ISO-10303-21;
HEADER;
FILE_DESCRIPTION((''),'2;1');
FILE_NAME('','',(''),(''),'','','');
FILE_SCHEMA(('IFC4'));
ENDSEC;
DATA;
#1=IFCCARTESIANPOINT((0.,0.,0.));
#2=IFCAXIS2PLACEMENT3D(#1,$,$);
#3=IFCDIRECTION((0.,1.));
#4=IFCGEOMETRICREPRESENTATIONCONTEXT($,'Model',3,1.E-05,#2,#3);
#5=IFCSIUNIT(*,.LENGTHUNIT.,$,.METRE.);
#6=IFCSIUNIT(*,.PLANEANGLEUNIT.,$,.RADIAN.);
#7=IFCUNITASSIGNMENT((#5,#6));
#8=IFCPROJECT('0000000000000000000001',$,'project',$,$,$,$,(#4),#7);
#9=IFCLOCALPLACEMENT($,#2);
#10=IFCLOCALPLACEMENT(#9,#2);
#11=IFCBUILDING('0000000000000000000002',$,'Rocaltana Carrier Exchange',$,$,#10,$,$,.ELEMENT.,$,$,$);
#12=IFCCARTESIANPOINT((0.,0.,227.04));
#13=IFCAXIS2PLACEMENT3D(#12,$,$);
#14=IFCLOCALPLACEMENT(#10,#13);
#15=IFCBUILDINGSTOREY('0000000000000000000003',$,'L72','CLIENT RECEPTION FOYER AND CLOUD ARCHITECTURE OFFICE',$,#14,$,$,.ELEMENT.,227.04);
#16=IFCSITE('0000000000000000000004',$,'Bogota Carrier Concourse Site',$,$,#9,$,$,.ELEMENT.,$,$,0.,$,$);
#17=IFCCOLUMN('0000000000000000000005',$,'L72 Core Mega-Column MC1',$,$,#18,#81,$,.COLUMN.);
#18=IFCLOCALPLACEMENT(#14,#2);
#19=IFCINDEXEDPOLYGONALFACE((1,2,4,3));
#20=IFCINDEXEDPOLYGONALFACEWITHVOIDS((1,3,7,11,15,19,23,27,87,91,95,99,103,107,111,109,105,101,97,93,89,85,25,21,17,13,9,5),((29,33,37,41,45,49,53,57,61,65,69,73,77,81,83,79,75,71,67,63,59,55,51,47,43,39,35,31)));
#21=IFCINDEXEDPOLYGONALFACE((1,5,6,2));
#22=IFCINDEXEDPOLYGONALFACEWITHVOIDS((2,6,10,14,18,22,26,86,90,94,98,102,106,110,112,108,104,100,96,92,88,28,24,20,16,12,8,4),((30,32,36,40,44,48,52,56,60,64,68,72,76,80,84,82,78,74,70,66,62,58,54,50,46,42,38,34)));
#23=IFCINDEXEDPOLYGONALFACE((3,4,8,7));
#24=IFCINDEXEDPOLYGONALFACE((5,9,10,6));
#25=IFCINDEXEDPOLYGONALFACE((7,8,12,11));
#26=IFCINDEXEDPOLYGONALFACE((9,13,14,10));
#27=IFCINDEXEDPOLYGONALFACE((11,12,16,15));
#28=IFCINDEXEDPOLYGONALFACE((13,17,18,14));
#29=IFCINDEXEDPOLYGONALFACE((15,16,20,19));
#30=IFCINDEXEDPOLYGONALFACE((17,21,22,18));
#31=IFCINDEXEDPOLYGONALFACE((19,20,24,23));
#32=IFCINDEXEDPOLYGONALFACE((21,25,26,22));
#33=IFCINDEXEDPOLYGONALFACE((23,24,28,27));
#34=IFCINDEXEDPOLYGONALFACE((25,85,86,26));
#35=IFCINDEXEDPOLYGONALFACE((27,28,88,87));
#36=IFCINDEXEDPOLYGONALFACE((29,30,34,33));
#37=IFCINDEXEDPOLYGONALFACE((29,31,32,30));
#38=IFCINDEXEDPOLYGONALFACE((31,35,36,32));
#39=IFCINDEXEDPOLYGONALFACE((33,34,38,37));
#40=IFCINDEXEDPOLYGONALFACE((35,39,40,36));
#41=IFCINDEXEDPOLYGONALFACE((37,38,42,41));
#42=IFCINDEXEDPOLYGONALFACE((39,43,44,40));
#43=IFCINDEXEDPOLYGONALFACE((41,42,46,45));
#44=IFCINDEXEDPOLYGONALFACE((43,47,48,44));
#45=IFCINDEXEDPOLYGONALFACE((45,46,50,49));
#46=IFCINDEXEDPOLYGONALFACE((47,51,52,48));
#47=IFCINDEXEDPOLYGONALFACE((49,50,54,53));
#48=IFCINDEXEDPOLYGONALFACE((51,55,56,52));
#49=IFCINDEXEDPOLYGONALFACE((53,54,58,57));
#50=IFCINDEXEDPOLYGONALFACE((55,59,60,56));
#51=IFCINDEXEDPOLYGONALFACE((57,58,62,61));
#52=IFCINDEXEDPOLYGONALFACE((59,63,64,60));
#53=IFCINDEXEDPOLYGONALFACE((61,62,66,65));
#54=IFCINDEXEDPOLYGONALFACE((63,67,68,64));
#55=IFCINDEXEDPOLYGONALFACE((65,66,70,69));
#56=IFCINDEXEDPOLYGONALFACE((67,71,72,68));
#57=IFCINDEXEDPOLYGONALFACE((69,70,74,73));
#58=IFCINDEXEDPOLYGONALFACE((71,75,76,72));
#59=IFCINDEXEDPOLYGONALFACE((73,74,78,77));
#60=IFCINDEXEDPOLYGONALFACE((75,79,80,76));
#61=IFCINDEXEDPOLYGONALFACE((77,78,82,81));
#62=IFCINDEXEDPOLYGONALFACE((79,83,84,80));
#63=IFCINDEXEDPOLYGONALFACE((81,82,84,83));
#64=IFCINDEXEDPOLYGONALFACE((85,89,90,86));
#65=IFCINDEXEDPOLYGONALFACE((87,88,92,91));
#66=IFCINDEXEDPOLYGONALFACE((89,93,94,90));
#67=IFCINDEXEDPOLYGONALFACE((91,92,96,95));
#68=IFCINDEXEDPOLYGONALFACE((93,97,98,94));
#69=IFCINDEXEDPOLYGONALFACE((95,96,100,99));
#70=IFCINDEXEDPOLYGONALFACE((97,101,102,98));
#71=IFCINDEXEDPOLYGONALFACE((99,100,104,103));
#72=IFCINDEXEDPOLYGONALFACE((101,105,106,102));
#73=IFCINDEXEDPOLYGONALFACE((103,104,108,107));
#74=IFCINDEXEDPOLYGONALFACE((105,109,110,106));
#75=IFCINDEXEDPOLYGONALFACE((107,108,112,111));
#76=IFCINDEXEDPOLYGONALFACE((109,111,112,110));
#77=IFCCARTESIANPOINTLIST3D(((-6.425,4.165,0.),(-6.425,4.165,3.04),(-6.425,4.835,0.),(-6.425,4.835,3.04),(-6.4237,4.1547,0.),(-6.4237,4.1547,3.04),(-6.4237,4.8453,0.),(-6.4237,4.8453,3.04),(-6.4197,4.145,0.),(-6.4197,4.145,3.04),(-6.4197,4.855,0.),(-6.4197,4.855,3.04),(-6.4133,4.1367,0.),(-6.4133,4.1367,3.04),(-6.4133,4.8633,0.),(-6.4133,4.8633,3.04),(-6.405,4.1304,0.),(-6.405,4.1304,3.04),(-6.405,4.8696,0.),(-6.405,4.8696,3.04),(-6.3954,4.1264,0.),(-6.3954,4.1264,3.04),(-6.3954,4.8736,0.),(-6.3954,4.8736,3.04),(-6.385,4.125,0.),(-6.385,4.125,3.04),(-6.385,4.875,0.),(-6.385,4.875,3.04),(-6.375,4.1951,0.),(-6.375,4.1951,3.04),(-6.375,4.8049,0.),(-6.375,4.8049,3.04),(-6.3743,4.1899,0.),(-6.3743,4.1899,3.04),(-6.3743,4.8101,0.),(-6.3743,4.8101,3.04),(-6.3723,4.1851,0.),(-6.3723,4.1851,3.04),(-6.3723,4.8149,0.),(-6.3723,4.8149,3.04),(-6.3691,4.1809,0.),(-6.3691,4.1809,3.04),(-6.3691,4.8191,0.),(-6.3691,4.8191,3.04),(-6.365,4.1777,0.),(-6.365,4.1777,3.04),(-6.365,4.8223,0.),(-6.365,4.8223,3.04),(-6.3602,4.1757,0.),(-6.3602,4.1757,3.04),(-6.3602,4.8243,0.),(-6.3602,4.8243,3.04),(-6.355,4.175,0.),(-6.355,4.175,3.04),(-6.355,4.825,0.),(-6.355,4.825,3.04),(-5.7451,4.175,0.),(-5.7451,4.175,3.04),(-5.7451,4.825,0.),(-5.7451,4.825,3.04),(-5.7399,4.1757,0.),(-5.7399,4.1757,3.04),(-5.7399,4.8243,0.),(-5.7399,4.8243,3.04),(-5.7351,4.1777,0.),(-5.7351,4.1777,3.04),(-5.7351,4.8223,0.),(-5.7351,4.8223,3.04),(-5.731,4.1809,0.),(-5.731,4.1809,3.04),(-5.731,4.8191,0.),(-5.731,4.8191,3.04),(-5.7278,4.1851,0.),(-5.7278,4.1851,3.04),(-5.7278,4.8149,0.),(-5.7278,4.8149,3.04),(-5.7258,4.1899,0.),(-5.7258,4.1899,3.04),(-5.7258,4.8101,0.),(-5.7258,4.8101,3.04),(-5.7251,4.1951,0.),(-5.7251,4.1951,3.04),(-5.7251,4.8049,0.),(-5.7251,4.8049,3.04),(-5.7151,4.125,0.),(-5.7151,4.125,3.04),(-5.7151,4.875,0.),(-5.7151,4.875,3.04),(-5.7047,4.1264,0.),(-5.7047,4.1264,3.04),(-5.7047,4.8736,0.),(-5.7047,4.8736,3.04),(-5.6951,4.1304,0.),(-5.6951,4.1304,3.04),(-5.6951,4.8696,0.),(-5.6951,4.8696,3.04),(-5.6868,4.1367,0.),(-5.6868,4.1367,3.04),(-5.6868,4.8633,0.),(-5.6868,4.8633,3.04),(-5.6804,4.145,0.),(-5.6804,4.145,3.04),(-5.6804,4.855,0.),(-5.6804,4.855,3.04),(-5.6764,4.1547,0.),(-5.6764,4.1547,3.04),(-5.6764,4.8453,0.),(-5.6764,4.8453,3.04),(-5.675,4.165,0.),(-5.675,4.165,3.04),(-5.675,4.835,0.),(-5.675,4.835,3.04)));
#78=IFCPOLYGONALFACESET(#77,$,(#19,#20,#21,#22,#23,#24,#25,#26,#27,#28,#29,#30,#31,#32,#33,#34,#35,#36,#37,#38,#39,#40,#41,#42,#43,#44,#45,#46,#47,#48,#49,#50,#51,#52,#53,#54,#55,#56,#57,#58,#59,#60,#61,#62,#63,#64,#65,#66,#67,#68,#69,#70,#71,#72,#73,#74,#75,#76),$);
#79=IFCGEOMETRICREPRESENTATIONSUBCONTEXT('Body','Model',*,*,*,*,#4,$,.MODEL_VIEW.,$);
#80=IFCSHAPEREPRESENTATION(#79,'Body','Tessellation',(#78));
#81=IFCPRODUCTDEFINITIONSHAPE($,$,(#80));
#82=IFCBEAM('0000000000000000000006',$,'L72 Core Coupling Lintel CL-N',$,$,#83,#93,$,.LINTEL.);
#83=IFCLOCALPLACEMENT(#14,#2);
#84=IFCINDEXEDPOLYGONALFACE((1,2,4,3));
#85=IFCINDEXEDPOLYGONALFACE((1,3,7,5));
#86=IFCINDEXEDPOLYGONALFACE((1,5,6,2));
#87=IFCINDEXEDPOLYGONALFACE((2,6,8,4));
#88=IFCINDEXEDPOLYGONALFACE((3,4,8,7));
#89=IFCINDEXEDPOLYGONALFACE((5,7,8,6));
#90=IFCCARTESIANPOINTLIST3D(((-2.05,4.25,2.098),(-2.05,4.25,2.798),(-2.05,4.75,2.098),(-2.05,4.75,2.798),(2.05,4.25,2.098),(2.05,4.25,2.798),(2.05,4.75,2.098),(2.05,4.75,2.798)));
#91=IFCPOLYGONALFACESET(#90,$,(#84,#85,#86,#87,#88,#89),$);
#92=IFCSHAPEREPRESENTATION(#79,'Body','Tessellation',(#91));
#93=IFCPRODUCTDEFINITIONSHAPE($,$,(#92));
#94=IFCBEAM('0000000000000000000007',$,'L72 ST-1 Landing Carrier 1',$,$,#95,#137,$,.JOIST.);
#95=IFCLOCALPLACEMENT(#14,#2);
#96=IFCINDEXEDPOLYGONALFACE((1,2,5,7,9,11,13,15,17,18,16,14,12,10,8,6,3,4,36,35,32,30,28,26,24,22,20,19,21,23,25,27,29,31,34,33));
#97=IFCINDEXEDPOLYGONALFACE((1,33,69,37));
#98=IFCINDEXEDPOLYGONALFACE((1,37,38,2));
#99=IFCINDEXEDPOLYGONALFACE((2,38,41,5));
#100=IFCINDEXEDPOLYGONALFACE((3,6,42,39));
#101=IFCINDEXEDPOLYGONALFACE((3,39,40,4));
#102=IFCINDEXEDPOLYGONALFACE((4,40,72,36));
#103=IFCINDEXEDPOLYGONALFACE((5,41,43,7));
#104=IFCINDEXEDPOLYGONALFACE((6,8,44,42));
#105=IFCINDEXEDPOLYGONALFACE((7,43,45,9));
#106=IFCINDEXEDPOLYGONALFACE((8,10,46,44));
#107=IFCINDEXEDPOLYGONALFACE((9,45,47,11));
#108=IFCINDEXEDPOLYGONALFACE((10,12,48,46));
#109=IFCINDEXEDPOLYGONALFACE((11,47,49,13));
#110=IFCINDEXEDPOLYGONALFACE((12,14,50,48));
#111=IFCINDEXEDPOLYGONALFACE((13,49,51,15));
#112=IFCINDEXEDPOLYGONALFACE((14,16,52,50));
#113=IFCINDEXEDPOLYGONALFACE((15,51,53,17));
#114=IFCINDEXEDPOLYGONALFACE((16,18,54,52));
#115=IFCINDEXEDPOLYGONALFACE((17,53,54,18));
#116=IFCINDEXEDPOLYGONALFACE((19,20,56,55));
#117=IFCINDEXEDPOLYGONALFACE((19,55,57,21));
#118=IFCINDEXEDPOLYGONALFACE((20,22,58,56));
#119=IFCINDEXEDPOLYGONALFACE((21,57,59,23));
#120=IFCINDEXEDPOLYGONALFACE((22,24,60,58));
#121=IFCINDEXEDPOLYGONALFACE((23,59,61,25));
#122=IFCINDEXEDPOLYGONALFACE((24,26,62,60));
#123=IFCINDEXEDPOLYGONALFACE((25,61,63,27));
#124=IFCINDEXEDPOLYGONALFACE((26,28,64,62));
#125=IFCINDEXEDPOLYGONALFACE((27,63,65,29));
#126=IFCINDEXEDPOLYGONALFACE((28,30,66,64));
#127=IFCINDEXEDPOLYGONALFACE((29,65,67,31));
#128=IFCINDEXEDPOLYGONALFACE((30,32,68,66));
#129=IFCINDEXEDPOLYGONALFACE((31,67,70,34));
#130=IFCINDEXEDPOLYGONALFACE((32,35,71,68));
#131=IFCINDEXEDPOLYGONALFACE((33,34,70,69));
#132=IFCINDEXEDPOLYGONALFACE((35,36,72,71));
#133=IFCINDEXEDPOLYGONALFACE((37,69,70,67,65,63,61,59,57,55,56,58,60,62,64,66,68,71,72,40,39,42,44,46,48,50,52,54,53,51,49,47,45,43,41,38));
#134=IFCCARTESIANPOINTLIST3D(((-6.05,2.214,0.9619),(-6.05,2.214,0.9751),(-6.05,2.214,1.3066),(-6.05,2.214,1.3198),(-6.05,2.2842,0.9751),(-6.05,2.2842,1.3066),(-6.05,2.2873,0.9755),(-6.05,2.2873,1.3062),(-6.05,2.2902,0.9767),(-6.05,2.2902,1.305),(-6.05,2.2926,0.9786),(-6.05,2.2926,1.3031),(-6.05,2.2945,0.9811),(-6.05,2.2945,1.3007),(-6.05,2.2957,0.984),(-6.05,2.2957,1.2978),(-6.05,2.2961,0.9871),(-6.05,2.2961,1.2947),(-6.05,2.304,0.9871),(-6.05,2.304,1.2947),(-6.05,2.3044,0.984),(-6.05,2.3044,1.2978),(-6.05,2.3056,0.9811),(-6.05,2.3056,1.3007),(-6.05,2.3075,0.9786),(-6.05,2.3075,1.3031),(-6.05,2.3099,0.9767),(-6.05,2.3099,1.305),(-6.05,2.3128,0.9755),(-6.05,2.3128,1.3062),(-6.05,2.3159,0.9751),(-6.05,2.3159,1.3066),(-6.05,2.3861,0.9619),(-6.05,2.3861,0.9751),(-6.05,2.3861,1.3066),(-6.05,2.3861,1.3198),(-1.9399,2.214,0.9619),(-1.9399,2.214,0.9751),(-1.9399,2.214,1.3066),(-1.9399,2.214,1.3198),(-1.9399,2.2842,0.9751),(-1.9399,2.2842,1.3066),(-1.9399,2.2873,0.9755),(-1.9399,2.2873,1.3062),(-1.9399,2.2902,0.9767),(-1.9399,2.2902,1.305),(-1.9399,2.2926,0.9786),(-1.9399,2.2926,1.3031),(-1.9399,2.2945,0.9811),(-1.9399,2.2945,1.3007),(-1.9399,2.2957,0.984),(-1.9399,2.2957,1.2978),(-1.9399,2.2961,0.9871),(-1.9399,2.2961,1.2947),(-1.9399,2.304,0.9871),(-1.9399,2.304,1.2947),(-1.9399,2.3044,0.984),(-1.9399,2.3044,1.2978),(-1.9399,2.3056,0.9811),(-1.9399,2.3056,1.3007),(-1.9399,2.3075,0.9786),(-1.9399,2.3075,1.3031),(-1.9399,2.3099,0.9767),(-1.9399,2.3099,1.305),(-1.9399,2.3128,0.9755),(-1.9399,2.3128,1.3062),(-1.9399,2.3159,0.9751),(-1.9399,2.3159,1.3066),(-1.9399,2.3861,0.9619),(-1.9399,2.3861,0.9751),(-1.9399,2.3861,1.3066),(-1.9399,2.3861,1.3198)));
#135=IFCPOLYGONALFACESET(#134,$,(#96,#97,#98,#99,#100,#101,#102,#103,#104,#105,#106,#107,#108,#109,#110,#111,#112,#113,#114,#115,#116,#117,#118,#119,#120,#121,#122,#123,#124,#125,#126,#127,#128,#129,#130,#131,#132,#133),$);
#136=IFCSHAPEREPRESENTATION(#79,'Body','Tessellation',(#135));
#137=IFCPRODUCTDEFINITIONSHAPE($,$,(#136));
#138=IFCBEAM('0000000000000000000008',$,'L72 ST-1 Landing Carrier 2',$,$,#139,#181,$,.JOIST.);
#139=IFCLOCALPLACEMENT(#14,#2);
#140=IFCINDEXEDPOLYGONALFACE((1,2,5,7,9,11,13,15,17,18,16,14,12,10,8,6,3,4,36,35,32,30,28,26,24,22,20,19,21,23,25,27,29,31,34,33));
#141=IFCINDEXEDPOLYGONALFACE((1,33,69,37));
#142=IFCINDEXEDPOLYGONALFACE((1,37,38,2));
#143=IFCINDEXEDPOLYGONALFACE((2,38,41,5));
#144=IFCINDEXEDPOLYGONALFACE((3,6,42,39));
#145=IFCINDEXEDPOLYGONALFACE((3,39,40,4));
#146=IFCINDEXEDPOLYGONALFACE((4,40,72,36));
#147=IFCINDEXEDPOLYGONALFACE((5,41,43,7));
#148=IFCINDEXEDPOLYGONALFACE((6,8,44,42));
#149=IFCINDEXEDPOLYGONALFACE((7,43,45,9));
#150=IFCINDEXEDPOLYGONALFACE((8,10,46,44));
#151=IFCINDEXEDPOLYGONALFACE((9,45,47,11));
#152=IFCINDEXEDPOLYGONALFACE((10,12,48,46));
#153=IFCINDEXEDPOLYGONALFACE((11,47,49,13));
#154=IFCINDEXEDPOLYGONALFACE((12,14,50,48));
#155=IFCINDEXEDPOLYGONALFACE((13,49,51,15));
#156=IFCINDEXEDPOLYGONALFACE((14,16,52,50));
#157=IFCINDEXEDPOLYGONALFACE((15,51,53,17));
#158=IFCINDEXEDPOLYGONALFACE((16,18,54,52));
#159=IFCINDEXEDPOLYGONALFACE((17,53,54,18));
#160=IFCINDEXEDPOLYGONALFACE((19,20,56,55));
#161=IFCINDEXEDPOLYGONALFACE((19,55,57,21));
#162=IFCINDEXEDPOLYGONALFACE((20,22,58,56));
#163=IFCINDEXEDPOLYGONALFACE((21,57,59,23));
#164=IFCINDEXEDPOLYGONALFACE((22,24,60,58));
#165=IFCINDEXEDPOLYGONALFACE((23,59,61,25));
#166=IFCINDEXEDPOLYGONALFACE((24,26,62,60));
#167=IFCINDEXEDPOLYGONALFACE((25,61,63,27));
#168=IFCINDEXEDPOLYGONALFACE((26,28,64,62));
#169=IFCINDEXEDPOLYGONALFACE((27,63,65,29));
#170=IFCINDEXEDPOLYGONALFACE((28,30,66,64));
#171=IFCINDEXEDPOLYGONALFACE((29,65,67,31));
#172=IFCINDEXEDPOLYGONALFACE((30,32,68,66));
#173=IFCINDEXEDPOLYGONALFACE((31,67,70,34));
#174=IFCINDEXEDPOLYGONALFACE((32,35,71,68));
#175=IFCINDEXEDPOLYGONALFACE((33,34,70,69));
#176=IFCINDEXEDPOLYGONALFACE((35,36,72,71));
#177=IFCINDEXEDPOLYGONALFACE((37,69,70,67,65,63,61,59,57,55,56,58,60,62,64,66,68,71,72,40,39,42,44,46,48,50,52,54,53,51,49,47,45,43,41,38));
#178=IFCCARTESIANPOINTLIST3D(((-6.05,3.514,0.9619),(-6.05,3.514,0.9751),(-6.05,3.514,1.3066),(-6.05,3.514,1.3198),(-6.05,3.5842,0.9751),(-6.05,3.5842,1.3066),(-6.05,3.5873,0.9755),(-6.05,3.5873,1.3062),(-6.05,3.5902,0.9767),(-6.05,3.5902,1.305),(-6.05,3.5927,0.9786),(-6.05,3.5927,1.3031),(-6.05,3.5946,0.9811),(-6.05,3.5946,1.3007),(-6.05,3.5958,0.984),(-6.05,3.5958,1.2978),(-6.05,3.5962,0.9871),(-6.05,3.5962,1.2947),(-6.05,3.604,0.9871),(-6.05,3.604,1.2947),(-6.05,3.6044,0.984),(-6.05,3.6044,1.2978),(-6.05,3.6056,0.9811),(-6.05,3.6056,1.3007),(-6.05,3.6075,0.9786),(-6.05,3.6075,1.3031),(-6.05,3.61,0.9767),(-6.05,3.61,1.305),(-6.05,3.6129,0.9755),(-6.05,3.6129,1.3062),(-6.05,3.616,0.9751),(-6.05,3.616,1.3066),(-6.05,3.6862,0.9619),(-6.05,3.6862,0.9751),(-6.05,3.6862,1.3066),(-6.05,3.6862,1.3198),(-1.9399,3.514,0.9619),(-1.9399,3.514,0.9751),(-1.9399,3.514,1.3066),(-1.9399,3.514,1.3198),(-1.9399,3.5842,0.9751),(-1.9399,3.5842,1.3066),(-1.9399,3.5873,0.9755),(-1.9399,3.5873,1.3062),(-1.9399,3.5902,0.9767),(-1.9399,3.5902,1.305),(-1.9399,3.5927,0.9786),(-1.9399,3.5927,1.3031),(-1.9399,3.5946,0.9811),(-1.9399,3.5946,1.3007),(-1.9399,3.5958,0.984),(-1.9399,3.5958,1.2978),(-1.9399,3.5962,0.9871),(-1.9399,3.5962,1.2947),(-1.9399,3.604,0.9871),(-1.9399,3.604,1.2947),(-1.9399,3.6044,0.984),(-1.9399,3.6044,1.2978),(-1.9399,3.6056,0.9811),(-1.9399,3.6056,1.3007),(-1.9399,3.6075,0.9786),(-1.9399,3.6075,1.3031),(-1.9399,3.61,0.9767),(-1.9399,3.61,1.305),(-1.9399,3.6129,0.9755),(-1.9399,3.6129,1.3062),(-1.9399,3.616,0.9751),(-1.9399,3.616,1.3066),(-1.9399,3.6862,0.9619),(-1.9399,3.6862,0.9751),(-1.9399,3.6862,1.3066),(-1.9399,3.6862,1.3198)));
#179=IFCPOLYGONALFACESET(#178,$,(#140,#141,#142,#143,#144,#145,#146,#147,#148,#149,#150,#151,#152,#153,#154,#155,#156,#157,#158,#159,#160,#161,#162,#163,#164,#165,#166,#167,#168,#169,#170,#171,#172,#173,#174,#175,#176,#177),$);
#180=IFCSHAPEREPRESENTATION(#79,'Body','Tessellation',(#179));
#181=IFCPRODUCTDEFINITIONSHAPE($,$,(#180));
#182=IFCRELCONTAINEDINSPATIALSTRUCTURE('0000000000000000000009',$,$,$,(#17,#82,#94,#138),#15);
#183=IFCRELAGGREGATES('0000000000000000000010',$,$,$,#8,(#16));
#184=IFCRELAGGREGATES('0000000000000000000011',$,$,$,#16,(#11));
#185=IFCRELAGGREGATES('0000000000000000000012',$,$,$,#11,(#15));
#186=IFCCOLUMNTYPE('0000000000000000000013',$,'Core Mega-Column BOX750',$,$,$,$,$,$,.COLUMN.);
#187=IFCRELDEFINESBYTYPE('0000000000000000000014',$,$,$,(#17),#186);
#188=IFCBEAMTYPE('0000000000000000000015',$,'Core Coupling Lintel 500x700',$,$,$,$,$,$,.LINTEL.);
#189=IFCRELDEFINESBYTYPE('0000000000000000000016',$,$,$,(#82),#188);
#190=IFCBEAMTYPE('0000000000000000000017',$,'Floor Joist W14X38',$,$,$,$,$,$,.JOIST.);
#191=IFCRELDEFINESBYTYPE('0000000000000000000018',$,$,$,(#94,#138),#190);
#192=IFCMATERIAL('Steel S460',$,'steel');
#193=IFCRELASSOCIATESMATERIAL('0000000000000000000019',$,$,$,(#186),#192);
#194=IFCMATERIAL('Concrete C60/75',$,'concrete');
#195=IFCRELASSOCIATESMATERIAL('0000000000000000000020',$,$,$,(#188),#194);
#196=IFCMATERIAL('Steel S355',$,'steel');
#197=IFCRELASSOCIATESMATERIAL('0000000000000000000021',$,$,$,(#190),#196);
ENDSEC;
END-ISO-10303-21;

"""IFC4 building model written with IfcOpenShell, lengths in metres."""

from ifc_helpers import new_model, si_unit, direction, frame, origin, origin_2d, place, context, subcontext, project, spatial, rectangle, hollow_rectangle, i_section, extrude, material, material_profile, profile_set, type_object, element, save


model = new_model("IFC4")

# Units and contexts
model_context = context("Model", 3, precision=1e-05, world=origin(), true_north=direction((0.0, 1.0)))
body_context = subcontext(model_context, "Body", "Model", "MODEL_VIEW")
ifc_project = project(units=[si_unit("LENGTHUNIT", "METRE"), si_unit("PLANEANGLEUNIT", "RADIAN")], contexts=[model_context])

# Site, building, storey
site_placement = place(None, origin())
site = spatial("IfcSite", under=ifc_project, at=site_placement, Name="Bogota Carrier Concourse Site", CompositionType="ELEMENT", RefElevation=0.0)
building_placement = place(site_placement, origin())
building = spatial("IfcBuilding", under=site, at=building_placement, Name="Rocaltana Carrier Exchange", CompositionType="ELEMENT")
storey_placement = place(building_placement, frame((0.0, 0.0, 227.04)))
storey = spatial("IfcBuildingStorey", under=building, at=storey_placement, Name="L72", Description="CLIENT RECEPTION FOYER AND CLOUD ARCHITECTURE OFFICE", CompositionType="ELEMENT", Elevation=227.04)

# Column
ifc_material_1 = material(Name="Steel S460", Category="steel")
ifc_material_profile_1 = material_profile(ifc_material_1, hollow_rectangle(XDim=0.75, YDim=0.75, WallThickness=0.05, InnerFilletRadius=0.02, OuterFilletRadius=0.04, at=origin_2d()), Name="BOX750X750X50")
ifc_profile_set_1 = profile_set([ifc_material_profile_1], Name="Steel S460")
column_type = type_object("IfcColumnType", Name="Core Mega-Column BOX750", PredefinedType="COLUMN", material=ifc_profile_set_1)
column_placement = place(storey_placement, frame((-6.05, 4.5, 0.0), z_axis=(0.0, 0.0, 1.0), x_axis=(1.0, 0.0, 0.0)))
element("IfcColumn", 1, at=column_placement, inside=storey, type_object=column_type, Name="L72 Core Mega-Column MC1", PredefinedType="COLUMN", context=body_context, shape_type="SweptSolid", body=[
    extrude(hollow_rectangle(XDim=0.75, YDim=0.75, WallThickness=0.05, InnerFilletRadius=0.02, OuterFilletRadius=0.04, at=origin_2d()), origin(), (0.0, 0.0, 1.0), 3.04),
])

# Beams
ifc_material_2 = material(Name="Concrete C60/75", Category="concrete")
ifc_material_profile_2 = material_profile(ifc_material_2, rectangle(XDim=0.5, YDim=0.7, at=origin_2d()), Name="RC-BM-500X700")
ifc_profile_set_2 = profile_set([ifc_material_profile_2], Name="Concrete C60/75")
beam_type_1 = type_object("IfcBeamType", Name="Core Coupling Lintel 500x700", PredefinedType="LINTEL", material=ifc_profile_set_2)
beam_1_placement = place(storey_placement, frame((-2.05, 4.5, 2.448), z_axis=(1.0, 0.0, 0.0), x_axis=(0.0, 1.0, 0.0)))
element("IfcBeam", 2, at=beam_1_placement, inside=storey, type_object=beam_type_1, Name="L72 Core Coupling Lintel CL-N", PredefinedType="LINTEL", context=body_context, shape_type="SweptSolid", body=[
    extrude(rectangle(XDim=0.5, YDim=0.7, at=origin_2d()), origin(), (0.0, 0.0, 1.0), 4.1001),
])
ifc_material_3 = material(Name="Steel S355", Category="steel")
ifc_material_profile_3 = material_profile(ifc_material_3, i_section(OverallWidth=0.1721, OverallDepth=0.3579, WebThickness=0.0078, FlangeThickness=0.0132, FilletRadius=0.012, at=origin_2d()), Name="W14X38")
ifc_profile_set_3 = profile_set([ifc_material_profile_3], Name="Steel S355")
beam_type_2 = type_object("IfcBeamType", Name="Floor Joist W14X38", PredefinedType="JOIST", material=ifc_profile_set_3)
for number, where, z_axis, x_axis, name in (
    (3, (-6.05, 2.3, 1.1409), (1.0, 0.0, 0.0), (0.0, 1.0, 0.0), "L72 ST-1 Landing Carrier 1"),
    (4, (-6.05, 3.6001, 1.1409), (1.0, 0.0, 0.0), (0.0, 1.0, 0.0), "L72 ST-1 Landing Carrier 2"),
):
    element("IfcBeam", number, at=place(storey_placement, frame(where, z_axis=z_axis, x_axis=x_axis)), inside=storey, type_object=beam_type_2, Name=name, PredefinedType="JOIST", context=body_context, shape_type="SweptSolid", body=[
        extrude(i_section(OverallWidth=0.1721, OverallDepth=0.3579, WebThickness=0.0078, FlangeThickness=0.0132, FilletRadius=0.012, at=origin_2d()), origin(), (0.0, 0.0, 1.0), 4.1101),
    ])

save(model, "model.ifc")
